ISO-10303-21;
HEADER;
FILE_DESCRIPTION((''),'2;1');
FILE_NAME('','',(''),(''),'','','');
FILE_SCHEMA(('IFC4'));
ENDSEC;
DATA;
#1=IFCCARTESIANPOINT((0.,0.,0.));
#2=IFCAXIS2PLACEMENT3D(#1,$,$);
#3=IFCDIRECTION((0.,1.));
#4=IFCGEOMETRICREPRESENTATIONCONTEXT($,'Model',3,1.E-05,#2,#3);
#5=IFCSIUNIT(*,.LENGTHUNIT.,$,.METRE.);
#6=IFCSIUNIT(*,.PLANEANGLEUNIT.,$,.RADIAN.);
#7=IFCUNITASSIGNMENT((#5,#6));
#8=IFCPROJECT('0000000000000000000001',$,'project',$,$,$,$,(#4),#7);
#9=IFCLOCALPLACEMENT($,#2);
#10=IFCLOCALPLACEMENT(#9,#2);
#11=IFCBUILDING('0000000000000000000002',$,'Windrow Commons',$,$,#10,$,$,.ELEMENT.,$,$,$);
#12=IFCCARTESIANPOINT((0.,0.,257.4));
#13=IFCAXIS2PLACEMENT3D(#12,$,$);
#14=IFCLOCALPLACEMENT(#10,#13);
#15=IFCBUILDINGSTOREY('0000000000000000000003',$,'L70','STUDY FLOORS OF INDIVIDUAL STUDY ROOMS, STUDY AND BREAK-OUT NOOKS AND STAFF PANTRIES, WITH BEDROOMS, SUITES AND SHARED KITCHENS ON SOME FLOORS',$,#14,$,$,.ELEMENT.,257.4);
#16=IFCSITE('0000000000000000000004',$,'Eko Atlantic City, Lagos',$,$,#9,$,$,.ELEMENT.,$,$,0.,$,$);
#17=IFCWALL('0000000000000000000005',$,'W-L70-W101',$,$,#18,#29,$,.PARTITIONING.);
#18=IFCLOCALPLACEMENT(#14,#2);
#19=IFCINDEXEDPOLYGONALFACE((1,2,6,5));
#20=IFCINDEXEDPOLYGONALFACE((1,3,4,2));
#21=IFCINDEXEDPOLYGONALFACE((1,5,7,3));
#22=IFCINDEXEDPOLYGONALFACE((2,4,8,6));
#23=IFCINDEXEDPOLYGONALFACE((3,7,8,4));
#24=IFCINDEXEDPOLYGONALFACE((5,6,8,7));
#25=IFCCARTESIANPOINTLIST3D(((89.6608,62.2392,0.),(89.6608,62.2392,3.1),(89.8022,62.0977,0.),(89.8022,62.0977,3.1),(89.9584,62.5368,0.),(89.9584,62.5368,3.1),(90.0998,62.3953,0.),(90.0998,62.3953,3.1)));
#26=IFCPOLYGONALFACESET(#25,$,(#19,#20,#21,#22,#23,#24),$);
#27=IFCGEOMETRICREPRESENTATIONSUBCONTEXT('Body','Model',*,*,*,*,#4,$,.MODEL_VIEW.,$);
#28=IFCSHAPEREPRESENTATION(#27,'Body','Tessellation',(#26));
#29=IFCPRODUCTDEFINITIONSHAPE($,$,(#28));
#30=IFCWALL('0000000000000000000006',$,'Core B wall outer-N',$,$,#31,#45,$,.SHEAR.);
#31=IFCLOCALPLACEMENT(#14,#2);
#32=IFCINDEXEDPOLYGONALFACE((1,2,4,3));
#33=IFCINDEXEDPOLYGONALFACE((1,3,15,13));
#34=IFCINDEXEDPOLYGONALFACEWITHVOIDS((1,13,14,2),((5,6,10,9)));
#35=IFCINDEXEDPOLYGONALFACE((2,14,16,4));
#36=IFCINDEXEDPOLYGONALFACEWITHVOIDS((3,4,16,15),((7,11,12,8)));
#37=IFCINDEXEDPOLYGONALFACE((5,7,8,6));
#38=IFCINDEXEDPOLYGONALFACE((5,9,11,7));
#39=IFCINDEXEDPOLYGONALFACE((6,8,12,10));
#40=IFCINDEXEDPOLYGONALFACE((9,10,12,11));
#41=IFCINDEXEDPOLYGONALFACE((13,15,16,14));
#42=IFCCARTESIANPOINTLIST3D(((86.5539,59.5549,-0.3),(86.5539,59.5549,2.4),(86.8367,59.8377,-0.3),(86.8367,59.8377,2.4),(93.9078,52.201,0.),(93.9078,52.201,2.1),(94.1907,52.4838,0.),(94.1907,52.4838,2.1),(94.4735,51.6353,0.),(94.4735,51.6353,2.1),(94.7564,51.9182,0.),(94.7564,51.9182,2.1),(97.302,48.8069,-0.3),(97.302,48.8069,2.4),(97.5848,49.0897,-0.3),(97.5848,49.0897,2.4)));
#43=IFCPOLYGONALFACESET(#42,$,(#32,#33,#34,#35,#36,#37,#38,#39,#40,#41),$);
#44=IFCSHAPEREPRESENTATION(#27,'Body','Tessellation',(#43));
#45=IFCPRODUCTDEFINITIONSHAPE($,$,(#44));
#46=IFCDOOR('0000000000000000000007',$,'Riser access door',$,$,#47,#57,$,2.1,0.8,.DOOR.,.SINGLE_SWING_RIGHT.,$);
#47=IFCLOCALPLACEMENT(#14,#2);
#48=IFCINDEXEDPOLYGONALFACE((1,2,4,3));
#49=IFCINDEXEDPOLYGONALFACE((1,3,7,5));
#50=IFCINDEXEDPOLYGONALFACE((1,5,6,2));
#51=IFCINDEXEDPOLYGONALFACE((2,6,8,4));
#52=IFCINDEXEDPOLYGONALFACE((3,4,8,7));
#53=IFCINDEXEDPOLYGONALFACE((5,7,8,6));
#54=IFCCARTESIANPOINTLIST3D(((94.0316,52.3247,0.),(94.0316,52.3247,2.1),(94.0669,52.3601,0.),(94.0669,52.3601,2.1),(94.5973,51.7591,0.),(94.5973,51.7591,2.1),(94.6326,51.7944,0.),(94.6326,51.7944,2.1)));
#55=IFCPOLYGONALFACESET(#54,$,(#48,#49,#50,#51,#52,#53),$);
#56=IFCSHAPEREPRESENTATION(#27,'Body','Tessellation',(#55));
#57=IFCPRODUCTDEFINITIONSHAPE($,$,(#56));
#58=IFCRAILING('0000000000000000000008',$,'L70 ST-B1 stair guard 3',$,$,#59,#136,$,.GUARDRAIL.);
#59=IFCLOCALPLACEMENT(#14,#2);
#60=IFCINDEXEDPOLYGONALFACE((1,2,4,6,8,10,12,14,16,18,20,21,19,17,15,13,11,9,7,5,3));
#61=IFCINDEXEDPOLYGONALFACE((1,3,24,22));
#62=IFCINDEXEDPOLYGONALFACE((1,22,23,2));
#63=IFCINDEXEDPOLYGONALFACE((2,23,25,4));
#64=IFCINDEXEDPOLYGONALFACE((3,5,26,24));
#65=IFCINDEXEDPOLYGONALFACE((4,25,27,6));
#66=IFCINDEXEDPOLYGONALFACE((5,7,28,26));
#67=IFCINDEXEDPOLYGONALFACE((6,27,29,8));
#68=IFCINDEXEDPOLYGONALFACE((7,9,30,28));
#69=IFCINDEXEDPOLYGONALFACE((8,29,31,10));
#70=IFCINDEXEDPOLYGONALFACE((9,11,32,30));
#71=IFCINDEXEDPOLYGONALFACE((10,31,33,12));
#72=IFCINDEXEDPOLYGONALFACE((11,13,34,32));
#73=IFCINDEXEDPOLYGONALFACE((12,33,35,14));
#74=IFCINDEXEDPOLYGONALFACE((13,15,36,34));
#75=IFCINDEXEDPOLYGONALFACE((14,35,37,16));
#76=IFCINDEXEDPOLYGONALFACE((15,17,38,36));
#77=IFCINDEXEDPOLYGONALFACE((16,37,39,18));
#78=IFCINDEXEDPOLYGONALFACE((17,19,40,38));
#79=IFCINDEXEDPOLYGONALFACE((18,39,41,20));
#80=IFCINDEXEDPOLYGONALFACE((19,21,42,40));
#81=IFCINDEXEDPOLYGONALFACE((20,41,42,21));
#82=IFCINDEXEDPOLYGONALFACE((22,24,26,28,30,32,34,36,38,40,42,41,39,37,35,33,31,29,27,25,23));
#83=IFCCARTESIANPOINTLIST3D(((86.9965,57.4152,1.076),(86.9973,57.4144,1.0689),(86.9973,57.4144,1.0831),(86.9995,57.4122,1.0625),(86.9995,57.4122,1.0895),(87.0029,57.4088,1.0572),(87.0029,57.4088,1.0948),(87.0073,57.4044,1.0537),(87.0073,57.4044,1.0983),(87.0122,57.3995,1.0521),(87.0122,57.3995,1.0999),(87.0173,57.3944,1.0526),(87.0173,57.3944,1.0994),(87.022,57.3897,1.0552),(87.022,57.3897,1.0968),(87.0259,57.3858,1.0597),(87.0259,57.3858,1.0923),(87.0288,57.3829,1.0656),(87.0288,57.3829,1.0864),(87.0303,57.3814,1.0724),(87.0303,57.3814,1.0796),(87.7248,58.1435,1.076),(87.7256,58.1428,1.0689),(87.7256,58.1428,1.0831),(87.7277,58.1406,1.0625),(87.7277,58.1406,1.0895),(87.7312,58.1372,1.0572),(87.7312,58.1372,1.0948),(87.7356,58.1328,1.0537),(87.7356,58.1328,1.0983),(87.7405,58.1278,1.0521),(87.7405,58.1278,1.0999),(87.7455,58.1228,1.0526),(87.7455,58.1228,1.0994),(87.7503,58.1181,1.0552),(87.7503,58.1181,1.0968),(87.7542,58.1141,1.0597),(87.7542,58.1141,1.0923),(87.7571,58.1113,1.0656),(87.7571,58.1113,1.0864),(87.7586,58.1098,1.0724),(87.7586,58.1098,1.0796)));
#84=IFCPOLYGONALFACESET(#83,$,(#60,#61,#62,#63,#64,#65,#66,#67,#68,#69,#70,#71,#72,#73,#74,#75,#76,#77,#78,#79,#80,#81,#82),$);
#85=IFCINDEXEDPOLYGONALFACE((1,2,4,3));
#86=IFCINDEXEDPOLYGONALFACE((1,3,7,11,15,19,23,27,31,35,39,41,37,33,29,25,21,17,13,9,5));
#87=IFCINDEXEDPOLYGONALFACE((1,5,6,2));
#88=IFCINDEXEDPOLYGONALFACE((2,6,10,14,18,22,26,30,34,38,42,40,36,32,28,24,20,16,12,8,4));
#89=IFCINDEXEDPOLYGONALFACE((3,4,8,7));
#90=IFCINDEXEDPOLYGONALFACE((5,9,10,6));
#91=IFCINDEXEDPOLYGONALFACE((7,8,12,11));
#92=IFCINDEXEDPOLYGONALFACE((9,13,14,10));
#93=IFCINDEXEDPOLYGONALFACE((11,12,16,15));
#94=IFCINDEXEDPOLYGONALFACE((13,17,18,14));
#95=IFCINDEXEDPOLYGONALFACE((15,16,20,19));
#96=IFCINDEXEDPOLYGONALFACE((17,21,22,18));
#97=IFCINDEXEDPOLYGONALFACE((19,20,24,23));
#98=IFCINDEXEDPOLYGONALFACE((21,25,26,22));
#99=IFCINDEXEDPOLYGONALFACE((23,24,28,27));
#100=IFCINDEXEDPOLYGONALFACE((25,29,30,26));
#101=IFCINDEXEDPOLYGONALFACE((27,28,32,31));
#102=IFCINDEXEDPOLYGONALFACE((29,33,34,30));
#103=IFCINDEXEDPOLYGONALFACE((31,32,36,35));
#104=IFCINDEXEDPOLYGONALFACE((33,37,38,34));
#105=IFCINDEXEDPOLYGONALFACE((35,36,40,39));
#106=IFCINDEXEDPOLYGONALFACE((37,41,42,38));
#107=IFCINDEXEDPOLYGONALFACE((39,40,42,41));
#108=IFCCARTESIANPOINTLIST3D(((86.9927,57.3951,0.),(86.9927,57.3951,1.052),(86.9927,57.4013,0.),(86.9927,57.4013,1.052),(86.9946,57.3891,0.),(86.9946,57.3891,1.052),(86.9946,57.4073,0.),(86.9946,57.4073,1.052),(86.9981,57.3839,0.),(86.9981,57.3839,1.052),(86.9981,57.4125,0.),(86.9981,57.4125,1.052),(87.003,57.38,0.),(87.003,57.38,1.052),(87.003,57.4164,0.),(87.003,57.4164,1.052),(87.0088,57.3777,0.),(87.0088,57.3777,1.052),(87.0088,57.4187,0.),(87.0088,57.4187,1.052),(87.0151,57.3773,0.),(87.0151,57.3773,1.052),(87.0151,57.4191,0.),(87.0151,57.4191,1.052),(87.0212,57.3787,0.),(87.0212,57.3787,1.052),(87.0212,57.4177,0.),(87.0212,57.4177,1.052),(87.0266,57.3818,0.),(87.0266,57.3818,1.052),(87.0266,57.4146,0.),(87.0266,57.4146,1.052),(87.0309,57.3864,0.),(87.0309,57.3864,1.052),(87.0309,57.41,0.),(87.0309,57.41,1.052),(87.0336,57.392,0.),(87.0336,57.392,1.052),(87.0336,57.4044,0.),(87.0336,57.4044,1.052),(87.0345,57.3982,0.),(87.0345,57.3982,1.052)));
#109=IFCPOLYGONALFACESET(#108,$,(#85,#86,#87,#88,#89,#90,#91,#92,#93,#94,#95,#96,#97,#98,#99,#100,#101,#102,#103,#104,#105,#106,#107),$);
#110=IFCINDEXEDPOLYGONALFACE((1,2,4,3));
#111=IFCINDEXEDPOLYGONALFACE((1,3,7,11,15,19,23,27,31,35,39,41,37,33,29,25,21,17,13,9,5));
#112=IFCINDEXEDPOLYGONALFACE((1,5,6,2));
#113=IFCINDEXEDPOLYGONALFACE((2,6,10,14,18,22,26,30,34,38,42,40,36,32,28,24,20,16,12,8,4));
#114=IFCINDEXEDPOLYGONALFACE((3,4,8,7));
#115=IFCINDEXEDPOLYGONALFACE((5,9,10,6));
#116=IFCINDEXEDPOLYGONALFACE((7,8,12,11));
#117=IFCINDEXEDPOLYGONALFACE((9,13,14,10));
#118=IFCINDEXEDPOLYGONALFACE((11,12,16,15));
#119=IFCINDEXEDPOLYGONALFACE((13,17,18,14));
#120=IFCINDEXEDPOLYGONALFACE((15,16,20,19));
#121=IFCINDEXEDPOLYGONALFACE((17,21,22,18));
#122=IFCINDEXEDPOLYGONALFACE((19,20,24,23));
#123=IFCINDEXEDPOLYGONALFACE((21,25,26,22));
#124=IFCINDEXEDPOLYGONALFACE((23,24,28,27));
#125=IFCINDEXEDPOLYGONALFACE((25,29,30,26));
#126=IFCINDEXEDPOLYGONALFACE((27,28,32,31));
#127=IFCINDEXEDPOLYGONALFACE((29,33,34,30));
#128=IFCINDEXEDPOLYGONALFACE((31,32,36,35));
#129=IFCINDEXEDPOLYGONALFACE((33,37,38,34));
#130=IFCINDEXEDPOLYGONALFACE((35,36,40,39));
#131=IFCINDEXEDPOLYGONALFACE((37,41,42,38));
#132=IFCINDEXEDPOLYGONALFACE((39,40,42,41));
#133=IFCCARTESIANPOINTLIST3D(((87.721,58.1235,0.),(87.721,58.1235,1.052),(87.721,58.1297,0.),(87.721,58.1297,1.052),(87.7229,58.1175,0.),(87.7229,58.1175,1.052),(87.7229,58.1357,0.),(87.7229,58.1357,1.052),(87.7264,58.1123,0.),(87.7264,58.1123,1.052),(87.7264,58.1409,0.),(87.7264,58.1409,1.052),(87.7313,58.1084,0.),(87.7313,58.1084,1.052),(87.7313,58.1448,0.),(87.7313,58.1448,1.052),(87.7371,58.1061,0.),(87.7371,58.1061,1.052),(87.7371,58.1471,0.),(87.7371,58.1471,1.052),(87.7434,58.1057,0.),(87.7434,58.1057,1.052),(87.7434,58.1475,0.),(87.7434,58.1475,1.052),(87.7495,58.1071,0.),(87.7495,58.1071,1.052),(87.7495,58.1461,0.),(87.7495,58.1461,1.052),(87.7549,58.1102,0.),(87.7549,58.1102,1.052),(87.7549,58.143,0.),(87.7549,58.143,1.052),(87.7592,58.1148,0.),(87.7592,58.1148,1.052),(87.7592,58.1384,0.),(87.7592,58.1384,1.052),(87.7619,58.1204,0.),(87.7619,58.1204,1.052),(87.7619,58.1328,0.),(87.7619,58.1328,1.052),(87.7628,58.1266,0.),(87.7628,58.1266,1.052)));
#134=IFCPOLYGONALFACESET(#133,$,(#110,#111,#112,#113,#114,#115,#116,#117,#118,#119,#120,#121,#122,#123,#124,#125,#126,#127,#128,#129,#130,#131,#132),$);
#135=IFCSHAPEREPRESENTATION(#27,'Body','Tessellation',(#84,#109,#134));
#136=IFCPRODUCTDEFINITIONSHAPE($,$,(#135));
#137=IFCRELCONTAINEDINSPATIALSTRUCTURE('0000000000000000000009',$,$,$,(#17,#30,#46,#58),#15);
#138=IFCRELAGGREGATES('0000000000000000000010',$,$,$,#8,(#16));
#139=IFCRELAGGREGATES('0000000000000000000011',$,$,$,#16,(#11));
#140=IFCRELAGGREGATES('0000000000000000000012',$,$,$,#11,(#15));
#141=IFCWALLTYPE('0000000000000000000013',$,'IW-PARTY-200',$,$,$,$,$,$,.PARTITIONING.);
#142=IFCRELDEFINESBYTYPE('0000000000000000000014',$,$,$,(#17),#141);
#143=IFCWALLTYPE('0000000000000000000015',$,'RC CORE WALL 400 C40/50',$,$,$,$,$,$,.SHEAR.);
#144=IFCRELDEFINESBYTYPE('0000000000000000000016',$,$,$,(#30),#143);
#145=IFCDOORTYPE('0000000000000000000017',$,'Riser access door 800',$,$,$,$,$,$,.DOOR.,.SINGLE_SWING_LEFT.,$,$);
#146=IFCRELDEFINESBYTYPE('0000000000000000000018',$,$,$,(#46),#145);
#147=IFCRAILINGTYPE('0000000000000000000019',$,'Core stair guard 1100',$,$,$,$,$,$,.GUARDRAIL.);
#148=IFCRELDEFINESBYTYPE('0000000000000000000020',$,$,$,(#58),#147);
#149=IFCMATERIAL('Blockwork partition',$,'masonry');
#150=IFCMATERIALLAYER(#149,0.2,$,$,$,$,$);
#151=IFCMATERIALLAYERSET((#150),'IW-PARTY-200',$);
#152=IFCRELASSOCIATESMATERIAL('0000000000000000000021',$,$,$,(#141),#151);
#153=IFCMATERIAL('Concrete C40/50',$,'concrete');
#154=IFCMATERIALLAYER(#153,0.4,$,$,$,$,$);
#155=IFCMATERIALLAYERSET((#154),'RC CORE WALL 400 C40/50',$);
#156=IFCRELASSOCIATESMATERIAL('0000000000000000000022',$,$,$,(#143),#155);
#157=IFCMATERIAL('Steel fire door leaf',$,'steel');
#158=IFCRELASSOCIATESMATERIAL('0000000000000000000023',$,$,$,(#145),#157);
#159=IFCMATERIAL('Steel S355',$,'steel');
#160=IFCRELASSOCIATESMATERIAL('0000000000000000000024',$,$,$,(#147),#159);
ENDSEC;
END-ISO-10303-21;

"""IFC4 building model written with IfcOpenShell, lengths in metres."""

from ifc_helpers import new_model, si_unit, direction, frame, frame_2d, origin, origin_2d, place, context, subcontext, project, spatial, rectangle, circle, extrude, material, layer, layer_set, type_object, element, fill, save


model = new_model("IFC4")

# Units and contexts
model_context = context("Model", 3, precision=1e-05, world=origin(), true_north=direction((0.0, 1.0)))
body_context = subcontext(model_context, "Body", "Model", "MODEL_VIEW")
ifc_project = project(units=[si_unit("LENGTHUNIT", "METRE"), si_unit("PLANEANGLEUNIT", "RADIAN")], contexts=[model_context])

# Site, building, storey
site_placement = place(None, origin())
site = spatial("IfcSite", under=ifc_project, at=site_placement, Name="Eko Atlantic City, Lagos", CompositionType="ELEMENT", RefElevation=0.0)
building_placement = place(site_placement, origin())
building = spatial("IfcBuilding", under=site, at=building_placement, Name="Windrow Commons", CompositionType="ELEMENT")
storey_placement = place(building_placement, frame((0.0, 0.0, 257.4)))
storey = spatial("IfcBuildingStorey", under=building, at=storey_placement, Name="L70", Description="STUDY FLOORS OF INDIVIDUAL STUDY ROOMS, STUDY AND BREAK-OUT NOOKS AND STAFF PANTRIES, WITH BEDROOMS, SUITES AND SHARED KITCHENS ON SOME FLOORS", CompositionType="ELEMENT", Elevation=257.4)

# Wall
ifc_material_1 = material(Name="Blockwork partition", Category="masonry")
ifc_layer_1 = layer(ifc_material_1, 0.2)
ifc_layer_set_1 = layer_set([ifc_layer_1], Name="IW-PARTY-200")
wall_type_1 = type_object("IfcWallType", Name="IW-PARTY-200", PredefinedType="PARTITIONING", material=ifc_layer_set_1)
wall_1_placement = place(storey_placement, frame((89.7315, 62.1685, 0.0), z_axis=(0.0, 0.0, 1.0), x_axis=(0.707226, 0.706988, 0.0)))
element("IfcWall", 1, at=wall_1_placement, inside=storey, type_object=wall_type_1, Name="W-L70-W101", PredefinedType="PARTITIONING", context=body_context, shape_type="SweptSolid", body=[
    extrude(rectangle(XDim=0.4209, YDim=0.2, at=frame_2d((0.2104, 0.0))), origin(), (0.0, 0.0, 1.0), 3.1),
])

# Wall, opening, door
ifc_material_2 = material(Name="Concrete C40/50", Category="concrete")
ifc_layer_2 = layer(ifc_material_2, 0.4)
ifc_layer_set_2 = layer_set([ifc_layer_2], Name="RC CORE WALL 400 C40/50")
wall_type_2 = type_object("IfcWallType", Name="RC CORE WALL 400 C40/50", PredefinedType="SHEAR", material=ifc_layer_set_2)
wall_2_placement = place(storey_placement, frame((86.6953, 59.6963, -0.3), z_axis=(0.0, 0.0, 1.0), x_axis=(0.70711, -0.707103, 0.0)))
wall_2 = element("IfcWall", 2, at=wall_2_placement, inside=storey, type_object=wall_type_2, Name="Core B wall outer-N", PredefinedType="SHEAR", context=body_context, shape_type="SweptSolid", body=[
    extrude(rectangle(XDim=15.2, YDim=0.4, at=frame_2d((7.6, 0.0))), origin(), (0.0, 0.0, 1.0), 2.7),
])
opening_1_placement = place(wall_2_placement, frame((10.4, 0.0, 0.3)))
opening_1 = element("IfcOpeningElement", 3, at=opening_1_placement, cuts=wall_2, PredefinedType="OPENING", context=body_context, shape_type="SweptSolid", body=[
    extrude(rectangle(XDim=0.8, YDim=2.1, at=frame_2d((0.4, 1.05))), frame((0.0, 0.21, 0.0), z_axis=(0.0, -1.0, 0.0), x_axis=(1.0, 0.0, 0.0)), (0.0, 0.0, 1.0), 0.42),
])
ifc_material_3 = material(Name="Steel fire door leaf", Category="steel")
door_type_1 = type_object("IfcDoorType", Name="Riser access door 800", OperationType="SINGLE_SWING_LEFT", PredefinedType="DOOR", material=ifc_material_3)
door_1_placement = place(opening_1_placement, origin())
door_1 = element("IfcDoor", 4, at=door_1_placement, inside=storey, type_object=door_type_1, Name="Riser access door", OperationType="SINGLE_SWING_RIGHT", OverallHeight=2.1, OverallWidth=0.8, PredefinedType="DOOR", context=body_context, shape_type="SweptSolid", body=[
    extrude(rectangle(XDim=0.8, YDim=2.1, at=frame_2d((0.4, 1.05))), frame((0.0, 0.025, 0.0), z_axis=(0.0, -1.0, 0.0), x_axis=(1.0, 0.0, 0.0)), (0.0, 0.0, 1.0), 0.05),
])
fill(opening_1, door_1)

# Railing
ifc_material_4 = material(Name="Steel S355", Category="steel")
railing_type = type_object("IfcRailingType", Name="Core stair guard 1100", PredefinedType="GUARDRAIL", material=ifc_material_4)
railing_placement = place(storey_placement, frame((87.0135, 57.3982, 0.0)))
element("IfcRailing", 5, at=railing_placement, inside=storey, type_object=railing_type, Name="L70 ST-B1 stair guard 3", PredefinedType="GUARDRAIL", context=body_context, shape_type="SweptSolid", body=[
    extrude(circle(Radius=0.024, at=origin_2d()), frame((0.0, 0.0, 1.076), z_axis=(0.707058, 0.707155, 0.0), x_axis=(-0.707155, 0.707058, 0.0)), (0.0, 0.0, 1.0), 1.03),
    extrude(circle(Radius=0.021, at=origin_2d()), origin(), (0.0, 0.0, 1.0), 1.052),
    extrude(circle(Radius=0.021, at=origin_2d()), frame((0.7283, 0.7284, 0.0)), (0.0, 0.0, 1.0), 1.052),
])

save(model, "model.ifc")
